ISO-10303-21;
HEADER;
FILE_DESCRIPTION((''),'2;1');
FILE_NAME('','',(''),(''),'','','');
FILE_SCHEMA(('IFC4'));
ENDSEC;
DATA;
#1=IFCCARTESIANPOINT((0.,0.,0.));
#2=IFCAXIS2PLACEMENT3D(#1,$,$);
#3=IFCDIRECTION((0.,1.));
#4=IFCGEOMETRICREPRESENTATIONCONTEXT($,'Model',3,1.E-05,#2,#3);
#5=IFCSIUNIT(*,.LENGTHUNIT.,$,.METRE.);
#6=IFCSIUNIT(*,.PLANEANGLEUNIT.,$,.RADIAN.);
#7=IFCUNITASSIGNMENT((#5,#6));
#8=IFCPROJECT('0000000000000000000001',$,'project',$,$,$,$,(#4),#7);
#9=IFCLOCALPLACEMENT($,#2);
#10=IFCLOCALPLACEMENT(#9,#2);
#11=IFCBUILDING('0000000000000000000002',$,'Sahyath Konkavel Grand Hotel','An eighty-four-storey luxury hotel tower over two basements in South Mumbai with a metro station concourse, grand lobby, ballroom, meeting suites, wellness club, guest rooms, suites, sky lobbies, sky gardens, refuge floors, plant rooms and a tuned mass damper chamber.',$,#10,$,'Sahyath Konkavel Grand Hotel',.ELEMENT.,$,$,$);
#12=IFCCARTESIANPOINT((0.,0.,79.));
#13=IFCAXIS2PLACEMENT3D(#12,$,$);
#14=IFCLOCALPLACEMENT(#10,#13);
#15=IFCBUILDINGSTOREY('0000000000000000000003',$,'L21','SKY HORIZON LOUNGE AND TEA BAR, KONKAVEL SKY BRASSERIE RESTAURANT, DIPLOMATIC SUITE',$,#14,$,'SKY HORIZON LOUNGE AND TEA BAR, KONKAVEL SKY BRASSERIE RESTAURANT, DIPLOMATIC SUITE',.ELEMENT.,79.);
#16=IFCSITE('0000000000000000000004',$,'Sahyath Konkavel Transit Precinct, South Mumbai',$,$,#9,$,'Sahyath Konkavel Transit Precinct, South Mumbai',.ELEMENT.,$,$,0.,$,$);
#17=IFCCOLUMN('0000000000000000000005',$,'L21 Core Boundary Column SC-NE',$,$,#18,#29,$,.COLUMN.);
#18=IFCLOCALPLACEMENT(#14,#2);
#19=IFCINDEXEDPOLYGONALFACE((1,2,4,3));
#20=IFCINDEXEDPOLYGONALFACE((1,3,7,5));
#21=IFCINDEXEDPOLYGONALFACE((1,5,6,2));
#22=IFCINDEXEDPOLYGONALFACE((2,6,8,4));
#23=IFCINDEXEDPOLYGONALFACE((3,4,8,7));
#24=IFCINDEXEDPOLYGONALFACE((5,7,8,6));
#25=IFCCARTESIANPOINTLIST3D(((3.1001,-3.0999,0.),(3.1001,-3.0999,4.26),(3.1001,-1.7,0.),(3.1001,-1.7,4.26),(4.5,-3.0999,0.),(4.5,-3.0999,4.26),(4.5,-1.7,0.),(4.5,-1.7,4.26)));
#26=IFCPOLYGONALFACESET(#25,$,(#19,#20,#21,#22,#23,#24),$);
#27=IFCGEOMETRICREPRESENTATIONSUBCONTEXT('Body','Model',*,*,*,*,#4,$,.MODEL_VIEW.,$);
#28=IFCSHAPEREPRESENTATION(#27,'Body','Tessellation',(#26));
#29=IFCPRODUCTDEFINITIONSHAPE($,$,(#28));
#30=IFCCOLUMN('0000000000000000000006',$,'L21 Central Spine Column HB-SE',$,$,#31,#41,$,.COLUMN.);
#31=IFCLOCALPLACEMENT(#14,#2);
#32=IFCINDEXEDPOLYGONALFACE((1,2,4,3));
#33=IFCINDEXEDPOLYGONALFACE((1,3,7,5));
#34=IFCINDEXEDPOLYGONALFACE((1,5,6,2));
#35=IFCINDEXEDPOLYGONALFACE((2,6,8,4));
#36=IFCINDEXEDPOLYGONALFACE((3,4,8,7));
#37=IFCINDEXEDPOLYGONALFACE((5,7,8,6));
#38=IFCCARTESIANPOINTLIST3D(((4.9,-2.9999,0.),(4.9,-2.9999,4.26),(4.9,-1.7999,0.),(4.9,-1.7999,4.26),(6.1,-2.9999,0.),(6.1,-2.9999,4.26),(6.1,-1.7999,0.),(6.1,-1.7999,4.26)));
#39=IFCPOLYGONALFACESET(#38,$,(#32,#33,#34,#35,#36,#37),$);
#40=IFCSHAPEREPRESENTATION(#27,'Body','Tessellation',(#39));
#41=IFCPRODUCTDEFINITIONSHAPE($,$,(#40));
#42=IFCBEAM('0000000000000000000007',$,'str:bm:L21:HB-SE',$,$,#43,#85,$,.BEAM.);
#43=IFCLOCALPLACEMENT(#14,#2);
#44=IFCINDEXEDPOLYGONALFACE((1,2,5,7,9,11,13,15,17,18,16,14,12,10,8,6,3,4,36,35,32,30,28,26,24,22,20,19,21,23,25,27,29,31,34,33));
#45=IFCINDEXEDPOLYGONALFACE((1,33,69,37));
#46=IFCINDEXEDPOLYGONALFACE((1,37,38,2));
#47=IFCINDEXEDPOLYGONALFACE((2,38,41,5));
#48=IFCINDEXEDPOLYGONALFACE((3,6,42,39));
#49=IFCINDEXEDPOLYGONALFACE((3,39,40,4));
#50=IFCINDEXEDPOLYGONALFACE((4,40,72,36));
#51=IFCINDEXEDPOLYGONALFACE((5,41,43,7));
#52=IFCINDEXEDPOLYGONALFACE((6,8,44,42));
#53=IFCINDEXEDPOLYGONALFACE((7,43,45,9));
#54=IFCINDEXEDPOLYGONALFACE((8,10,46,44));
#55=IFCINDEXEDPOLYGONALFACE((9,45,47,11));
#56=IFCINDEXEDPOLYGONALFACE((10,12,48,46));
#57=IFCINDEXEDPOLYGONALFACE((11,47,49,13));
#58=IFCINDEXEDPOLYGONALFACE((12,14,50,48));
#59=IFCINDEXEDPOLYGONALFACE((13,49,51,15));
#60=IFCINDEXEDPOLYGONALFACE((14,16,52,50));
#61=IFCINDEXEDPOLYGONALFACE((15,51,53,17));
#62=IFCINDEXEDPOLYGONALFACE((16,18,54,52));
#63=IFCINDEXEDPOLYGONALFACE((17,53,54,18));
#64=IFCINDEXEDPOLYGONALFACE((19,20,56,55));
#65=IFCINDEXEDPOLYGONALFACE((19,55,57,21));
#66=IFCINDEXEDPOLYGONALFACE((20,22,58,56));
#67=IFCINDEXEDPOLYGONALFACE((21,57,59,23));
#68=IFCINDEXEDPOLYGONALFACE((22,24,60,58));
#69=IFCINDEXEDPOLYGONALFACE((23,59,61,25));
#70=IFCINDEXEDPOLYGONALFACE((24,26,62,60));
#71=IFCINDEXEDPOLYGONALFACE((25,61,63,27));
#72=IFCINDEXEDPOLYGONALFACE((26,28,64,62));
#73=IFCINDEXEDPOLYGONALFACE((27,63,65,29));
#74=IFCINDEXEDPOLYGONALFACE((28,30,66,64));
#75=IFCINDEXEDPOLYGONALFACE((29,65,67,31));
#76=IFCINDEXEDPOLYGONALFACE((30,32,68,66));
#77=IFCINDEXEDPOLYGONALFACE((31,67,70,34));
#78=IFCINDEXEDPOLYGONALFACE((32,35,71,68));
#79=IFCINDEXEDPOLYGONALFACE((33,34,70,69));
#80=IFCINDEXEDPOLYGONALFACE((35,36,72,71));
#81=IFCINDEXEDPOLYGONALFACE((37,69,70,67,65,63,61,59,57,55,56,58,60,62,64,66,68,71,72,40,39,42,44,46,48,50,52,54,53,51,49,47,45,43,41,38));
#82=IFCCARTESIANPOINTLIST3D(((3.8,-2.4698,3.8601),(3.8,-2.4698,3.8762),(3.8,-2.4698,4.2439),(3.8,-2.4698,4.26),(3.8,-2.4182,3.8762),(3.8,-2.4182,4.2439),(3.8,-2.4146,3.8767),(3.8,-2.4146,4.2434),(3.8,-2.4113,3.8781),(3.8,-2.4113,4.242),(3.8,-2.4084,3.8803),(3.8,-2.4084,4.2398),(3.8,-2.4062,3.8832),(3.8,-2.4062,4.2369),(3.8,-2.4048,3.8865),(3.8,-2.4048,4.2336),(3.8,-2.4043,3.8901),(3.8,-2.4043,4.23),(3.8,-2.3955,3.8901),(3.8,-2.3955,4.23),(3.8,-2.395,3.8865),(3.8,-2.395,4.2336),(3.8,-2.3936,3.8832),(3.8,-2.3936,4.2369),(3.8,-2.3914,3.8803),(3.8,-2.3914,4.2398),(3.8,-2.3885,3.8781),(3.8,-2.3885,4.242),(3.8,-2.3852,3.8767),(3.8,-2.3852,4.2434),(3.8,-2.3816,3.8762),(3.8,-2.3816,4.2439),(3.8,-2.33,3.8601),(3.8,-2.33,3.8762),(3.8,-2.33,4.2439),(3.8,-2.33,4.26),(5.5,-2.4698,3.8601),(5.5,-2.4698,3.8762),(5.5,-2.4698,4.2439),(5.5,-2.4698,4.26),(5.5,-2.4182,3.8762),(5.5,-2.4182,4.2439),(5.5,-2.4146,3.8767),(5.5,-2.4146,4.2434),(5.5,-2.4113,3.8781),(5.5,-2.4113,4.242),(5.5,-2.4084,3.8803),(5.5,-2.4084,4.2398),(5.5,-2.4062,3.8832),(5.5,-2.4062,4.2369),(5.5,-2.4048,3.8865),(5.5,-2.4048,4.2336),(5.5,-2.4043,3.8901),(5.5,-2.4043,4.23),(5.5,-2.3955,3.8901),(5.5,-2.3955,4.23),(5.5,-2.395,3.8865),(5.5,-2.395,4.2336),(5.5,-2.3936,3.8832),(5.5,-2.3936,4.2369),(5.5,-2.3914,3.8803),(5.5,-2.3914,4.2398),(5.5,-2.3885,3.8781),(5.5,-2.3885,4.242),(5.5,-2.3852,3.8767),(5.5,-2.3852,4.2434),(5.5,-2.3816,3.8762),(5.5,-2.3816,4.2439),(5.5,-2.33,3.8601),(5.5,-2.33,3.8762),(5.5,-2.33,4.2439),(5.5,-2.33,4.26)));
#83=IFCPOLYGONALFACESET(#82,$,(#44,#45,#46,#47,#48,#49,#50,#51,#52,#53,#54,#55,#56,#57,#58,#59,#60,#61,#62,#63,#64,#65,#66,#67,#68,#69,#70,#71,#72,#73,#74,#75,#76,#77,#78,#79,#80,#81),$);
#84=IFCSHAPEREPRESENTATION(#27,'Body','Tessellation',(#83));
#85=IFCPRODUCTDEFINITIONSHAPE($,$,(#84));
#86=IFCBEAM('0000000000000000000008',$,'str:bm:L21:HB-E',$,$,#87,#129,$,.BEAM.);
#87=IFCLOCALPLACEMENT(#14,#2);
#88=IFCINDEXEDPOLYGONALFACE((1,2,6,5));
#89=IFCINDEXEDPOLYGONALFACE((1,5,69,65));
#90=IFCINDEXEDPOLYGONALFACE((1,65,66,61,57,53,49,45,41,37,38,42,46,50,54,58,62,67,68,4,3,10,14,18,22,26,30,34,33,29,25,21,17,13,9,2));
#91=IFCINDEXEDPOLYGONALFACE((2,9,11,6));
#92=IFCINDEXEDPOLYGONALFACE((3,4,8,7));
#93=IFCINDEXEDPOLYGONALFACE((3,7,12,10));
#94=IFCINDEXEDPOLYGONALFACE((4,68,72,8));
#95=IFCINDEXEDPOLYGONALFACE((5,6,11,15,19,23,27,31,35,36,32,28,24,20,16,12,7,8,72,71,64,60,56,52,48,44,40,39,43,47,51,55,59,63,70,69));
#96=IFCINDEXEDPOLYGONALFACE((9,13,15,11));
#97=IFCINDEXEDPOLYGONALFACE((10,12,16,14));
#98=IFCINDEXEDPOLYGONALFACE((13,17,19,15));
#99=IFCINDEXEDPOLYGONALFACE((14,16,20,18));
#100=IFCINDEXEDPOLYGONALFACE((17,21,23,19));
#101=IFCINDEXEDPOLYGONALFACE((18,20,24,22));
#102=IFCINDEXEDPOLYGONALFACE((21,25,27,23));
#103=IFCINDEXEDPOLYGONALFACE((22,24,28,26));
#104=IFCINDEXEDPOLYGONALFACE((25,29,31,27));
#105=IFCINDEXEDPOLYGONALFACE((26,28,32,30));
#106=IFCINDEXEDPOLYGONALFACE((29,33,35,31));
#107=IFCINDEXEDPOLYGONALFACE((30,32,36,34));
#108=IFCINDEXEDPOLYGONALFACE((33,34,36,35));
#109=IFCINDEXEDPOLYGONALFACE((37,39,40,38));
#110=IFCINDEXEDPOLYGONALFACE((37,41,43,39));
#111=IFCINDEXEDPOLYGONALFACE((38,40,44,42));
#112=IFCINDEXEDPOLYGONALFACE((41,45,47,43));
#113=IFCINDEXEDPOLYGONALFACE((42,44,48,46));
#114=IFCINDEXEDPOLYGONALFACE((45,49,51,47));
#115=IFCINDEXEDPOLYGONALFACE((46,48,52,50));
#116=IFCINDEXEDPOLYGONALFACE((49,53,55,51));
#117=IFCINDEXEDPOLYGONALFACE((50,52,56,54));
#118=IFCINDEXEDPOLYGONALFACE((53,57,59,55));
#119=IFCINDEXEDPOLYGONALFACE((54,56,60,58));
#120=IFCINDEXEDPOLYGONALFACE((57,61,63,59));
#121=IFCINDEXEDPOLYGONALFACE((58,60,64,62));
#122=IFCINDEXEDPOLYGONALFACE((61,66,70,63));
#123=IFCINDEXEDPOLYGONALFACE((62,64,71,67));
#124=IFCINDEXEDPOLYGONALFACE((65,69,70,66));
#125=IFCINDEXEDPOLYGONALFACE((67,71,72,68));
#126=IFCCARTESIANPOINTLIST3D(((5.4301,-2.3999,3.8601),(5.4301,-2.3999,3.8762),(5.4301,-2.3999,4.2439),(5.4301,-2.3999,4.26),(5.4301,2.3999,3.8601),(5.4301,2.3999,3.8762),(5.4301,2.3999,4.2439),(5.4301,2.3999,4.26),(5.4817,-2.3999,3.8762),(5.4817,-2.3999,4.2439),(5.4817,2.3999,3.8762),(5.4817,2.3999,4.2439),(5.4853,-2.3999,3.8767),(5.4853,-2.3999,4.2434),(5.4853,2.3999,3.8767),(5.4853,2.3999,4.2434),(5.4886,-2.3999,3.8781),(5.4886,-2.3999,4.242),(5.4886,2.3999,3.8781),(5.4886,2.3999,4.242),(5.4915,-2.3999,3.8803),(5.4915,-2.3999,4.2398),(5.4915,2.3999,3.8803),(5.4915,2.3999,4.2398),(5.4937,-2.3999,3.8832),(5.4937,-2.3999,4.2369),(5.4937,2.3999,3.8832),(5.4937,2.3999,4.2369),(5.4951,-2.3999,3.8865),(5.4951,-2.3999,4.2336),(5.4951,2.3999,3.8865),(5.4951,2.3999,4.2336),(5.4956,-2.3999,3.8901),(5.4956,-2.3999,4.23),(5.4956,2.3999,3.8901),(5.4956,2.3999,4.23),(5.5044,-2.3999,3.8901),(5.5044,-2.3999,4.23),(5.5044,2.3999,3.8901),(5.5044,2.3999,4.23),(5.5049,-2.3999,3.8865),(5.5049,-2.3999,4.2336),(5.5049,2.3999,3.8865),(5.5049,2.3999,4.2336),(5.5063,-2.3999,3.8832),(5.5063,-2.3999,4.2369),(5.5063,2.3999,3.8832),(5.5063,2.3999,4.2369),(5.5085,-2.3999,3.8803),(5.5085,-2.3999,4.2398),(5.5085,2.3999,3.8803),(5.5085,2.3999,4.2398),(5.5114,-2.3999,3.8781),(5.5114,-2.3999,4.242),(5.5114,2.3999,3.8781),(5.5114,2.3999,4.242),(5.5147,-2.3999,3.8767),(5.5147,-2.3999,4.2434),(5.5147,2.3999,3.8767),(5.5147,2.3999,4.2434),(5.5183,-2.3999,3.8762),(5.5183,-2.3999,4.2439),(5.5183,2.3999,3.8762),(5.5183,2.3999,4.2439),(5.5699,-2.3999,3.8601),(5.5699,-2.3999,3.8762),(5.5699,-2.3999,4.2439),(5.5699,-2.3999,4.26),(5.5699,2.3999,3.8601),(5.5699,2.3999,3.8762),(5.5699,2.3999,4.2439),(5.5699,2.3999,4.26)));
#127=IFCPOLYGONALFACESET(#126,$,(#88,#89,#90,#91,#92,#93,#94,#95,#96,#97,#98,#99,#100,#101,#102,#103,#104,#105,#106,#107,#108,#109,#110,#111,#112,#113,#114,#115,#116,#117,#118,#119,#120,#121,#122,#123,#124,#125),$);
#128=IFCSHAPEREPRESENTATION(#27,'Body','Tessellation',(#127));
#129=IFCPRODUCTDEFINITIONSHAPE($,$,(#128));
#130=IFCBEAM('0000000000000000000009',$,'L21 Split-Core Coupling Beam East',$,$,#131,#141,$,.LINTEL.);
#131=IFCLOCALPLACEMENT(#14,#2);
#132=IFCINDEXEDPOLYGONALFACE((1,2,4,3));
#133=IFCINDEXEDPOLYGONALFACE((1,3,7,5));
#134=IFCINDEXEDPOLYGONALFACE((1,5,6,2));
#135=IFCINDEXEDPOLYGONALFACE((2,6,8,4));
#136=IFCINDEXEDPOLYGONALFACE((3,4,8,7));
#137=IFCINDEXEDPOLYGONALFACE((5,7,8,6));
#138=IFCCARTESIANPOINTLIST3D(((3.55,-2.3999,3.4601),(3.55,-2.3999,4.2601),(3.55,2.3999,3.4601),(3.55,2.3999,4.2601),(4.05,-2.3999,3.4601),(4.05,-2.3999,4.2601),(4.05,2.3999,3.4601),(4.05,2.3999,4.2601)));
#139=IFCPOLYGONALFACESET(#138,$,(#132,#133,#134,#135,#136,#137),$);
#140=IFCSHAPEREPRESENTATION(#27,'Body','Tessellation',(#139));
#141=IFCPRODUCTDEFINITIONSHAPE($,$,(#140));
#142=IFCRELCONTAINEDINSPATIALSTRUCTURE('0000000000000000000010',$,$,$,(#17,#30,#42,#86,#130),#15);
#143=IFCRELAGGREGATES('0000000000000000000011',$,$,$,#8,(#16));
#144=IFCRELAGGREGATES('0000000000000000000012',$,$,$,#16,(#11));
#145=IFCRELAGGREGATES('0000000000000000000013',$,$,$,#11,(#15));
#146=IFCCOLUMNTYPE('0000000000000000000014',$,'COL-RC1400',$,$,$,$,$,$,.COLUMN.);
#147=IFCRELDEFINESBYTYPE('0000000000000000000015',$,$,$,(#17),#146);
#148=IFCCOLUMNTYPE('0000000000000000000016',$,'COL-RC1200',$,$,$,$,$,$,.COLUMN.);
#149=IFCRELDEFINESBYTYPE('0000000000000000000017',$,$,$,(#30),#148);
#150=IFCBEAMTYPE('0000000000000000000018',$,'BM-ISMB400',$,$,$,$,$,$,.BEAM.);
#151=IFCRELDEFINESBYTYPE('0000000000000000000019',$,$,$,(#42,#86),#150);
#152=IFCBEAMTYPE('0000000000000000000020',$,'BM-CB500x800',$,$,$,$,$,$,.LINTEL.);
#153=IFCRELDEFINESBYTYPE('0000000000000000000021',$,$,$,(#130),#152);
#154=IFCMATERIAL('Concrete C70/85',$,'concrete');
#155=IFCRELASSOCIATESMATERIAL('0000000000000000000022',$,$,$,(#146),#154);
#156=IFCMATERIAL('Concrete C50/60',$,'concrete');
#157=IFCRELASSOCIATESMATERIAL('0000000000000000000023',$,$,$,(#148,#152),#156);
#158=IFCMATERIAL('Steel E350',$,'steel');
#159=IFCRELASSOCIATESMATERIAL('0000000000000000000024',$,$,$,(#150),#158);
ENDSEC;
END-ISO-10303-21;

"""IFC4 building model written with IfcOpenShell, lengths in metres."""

from ifc_helpers import new_model, si_unit, direction, frame, origin, origin_2d, place, context, subcontext, project, spatial, rectangle, i_section, extrude, source, transform, mapped, material, material_profile, profile_set, type_object, element, save


model = new_model("IFC4")

# Units and contexts
model_context = context("Model", 3, precision=1e-05, world=origin(), true_north=direction((0.0, 1.0)))
body_context = subcontext(model_context, "Body", "Model", "MODEL_VIEW")
ifc_project = project(units=[si_unit("LENGTHUNIT", "METRE"), si_unit("PLANEANGLEUNIT", "RADIAN")], contexts=[model_context])

# Site, building, storey
site_placement = place(None, origin())
site = spatial("IfcSite", under=ifc_project, at=site_placement, Name="Sahyath Konkavel Transit Precinct, South Mumbai", LongName="Sahyath Konkavel Transit Precinct, South Mumbai", CompositionType="ELEMENT", RefElevation=0.0)
building_placement = place(site_placement, origin())
building = spatial("IfcBuilding", under=site, at=building_placement, Name="Sahyath Konkavel Grand Hotel", Description="An eighty-four-storey luxury hotel tower over two basements in South Mumbai with a metro station concourse, grand lobby, ballroom, meeting suites, wellness club, guest rooms, suites, sky lobbies, sky gardens, refuge floors, plant rooms and a tuned mass damper chamber.", LongName="Sahyath Konkavel Grand Hotel", CompositionType="ELEMENT")
storey_placement = place(building_placement, frame((0.0, 0.0, 79.0)))
storey = spatial("IfcBuildingStorey", under=building, at=storey_placement, Name="L21", Description="SKY HORIZON LOUNGE AND TEA BAR, KONKAVEL SKY BRASSERIE RESTAURANT, DIPLOMATIC SUITE", LongName="SKY HORIZON LOUNGE AND TEA BAR, KONKAVEL SKY BRASSERIE RESTAURANT, DIPLOMATIC SUITE", CompositionType="ELEMENT", Elevation=79.0)

# Columns
ifc_material_1 = material(Name="Concrete C70/85", Category="concrete")
ifc_material_profile_1 = material_profile(ifc_material_1, rectangle(XDim=1.3999, YDim=1.3999, at=origin_2d()), Name="RC 1400x1400")
ifc_profile_set_1 = profile_set([ifc_material_profile_1], Name="Concrete C70/85")
column_type_1 = type_object("IfcColumnType", Name="COL-RC1400", PredefinedType="COLUMN", material=ifc_profile_set_1)
shared_shape_1 = source(origin(), body_context, "Body", "SweptSolid", [
    extrude(rectangle(XDim=1.3999, YDim=1.3999, at=origin_2d()), origin(), (0.0, 0.0, 1.0), 4.26),
])
column_1_placement = place(storey_placement, frame((3.8, -2.3999, 0.0), z_axis=(0.0, 0.0, 1.0), x_axis=(1.0, 0.0, 0.0)))
element("IfcColumn", 1, at=column_1_placement, inside=storey, type_object=column_type_1, Name="L21 Core Boundary Column SC-NE", PredefinedType="COLUMN", context=body_context, shape_type="MappedRepresentation", body=[
    mapped(shared_shape_1, transform((0.0, 0.0, 0.0), scale=1.0)),
])
ifc_material_2 = material(Name="Concrete C50/60", Category="concrete")
ifc_material_profile_2 = material_profile(ifc_material_2, rectangle(XDim=1.2, YDim=1.2, at=origin_2d()), Name="RC 1200x1200")
ifc_profile_set_2 = profile_set([ifc_material_profile_2], Name="Concrete C50/60")
column_type_2 = type_object("IfcColumnType", Name="COL-RC1200", PredefinedType="COLUMN", material=ifc_profile_set_2)
shared_shape_2 = source(origin(), body_context, "Body", "SweptSolid", [
    extrude(rectangle(XDim=1.2, YDim=1.2, at=origin_2d()), origin(), (0.0, 0.0, 1.0), 4.26),
])
column_2_placement = place(storey_placement, frame((5.5, -2.3999, 0.0), z_axis=(0.0, 0.0, 1.0), x_axis=(1.0, 0.0, 0.0)))
element("IfcColumn", 2, at=column_2_placement, inside=storey, type_object=column_type_2, Name="L21 Central Spine Column HB-SE", PredefinedType="COLUMN", context=body_context, shape_type="MappedRepresentation", body=[
    mapped(shared_shape_2, transform((0.0, 0.0, 0.0), scale=1.0)),
])

# Beams
ifc_material_3 = material(Name="Steel E350", Category="steel")
ifc_material_profile_3 = material_profile(ifc_material_3, i_section(OverallWidth=0.1399, OverallDepth=0.3999, WebThickness=0.0088, FlangeThickness=0.0161, FilletRadius=0.0139, at=origin_2d()), Name="ISMB 400")
ifc_profile_set_3 = profile_set([ifc_material_profile_3], Name="Steel E350")
beam_type_1 = type_object("IfcBeamType", Name="BM-ISMB400", PredefinedType="BEAM", material=ifc_profile_set_3)
shared_shape_3 = source(origin(), body_context, "Body", "SweptSolid", [
    extrude(i_section(OverallWidth=0.1399, OverallDepth=0.3999, WebThickness=0.0088, FlangeThickness=0.0161, FilletRadius=0.0139, at=origin_2d()), origin(), (0.0, 0.0, 1.0), 1.7),
])
beam_1_placement = place(storey_placement, frame((3.8, -2.3999, 4.0601), z_axis=(1.0, 0.0, 0.0), x_axis=(0.0, 1.0, 0.0)))
element("IfcBeam", 3, at=beam_1_placement, inside=storey, type_object=beam_type_1, Name="str:bm:L21:HB-SE", PredefinedType="BEAM", context=body_context, shape_type="MappedRepresentation", body=[
    mapped(shared_shape_3, transform((0.0, 0.0, 0.0), scale=1.0)),
])
shared_shape_4 = source(origin(), body_context, "Body", "SweptSolid", [
    extrude(i_section(OverallWidth=0.1399, OverallDepth=0.3999, WebThickness=0.0088, FlangeThickness=0.0161, FilletRadius=0.0139, at=origin_2d()), origin(), (0.0, 0.0, 1.0), 4.7998),
])
beam_2_placement = place(storey_placement, frame((5.5, -2.3999, 4.0601), z_axis=(0.0, 1.0, 0.0), x_axis=(-1.0, 0.0, 0.0)))
element("IfcBeam", 4, at=beam_2_placement, inside=storey, type_object=beam_type_1, Name="str:bm:L21:HB-E", PredefinedType="BEAM", context=body_context, shape_type="MappedRepresentation", body=[
    mapped(shared_shape_4, transform((0.0, 0.0, 0.0), scale=1.0)),
])
ifc_material_profile_4 = material_profile(ifc_material_2, rectangle(XDim=0.5, YDim=0.8, at=origin_2d()), Name="RC 500x800")
ifc_profile_set_4 = profile_set([ifc_material_profile_4], Name="Concrete C50/60")
beam_type_2 = type_object("IfcBeamType", Name="BM-CB500x800", PredefinedType="LINTEL", material=ifc_profile_set_4)
shared_shape_5 = source(origin(), body_context, "Body", "SweptSolid", [
    extrude(rectangle(XDim=0.5, YDim=0.8, at=origin_2d()), origin(), (0.0, 0.0, 1.0), 4.7998),
])
beam_3_placement = place(storey_placement, frame((3.8, -2.3999, 3.8601), z_axis=(0.0, 1.0, 0.0), x_axis=(-1.0, 0.0, 0.0)))
element("IfcBeam", 5, at=beam_3_placement, inside=storey, type_object=beam_type_2, Name="L21 Split-Core Coupling Beam East", PredefinedType="LINTEL", context=body_context, shape_type="MappedRepresentation", body=[
    mapped(shared_shape_5, transform((0.0, 0.0, 0.0), scale=1.0)),
])

save(model, "model.ifc")
